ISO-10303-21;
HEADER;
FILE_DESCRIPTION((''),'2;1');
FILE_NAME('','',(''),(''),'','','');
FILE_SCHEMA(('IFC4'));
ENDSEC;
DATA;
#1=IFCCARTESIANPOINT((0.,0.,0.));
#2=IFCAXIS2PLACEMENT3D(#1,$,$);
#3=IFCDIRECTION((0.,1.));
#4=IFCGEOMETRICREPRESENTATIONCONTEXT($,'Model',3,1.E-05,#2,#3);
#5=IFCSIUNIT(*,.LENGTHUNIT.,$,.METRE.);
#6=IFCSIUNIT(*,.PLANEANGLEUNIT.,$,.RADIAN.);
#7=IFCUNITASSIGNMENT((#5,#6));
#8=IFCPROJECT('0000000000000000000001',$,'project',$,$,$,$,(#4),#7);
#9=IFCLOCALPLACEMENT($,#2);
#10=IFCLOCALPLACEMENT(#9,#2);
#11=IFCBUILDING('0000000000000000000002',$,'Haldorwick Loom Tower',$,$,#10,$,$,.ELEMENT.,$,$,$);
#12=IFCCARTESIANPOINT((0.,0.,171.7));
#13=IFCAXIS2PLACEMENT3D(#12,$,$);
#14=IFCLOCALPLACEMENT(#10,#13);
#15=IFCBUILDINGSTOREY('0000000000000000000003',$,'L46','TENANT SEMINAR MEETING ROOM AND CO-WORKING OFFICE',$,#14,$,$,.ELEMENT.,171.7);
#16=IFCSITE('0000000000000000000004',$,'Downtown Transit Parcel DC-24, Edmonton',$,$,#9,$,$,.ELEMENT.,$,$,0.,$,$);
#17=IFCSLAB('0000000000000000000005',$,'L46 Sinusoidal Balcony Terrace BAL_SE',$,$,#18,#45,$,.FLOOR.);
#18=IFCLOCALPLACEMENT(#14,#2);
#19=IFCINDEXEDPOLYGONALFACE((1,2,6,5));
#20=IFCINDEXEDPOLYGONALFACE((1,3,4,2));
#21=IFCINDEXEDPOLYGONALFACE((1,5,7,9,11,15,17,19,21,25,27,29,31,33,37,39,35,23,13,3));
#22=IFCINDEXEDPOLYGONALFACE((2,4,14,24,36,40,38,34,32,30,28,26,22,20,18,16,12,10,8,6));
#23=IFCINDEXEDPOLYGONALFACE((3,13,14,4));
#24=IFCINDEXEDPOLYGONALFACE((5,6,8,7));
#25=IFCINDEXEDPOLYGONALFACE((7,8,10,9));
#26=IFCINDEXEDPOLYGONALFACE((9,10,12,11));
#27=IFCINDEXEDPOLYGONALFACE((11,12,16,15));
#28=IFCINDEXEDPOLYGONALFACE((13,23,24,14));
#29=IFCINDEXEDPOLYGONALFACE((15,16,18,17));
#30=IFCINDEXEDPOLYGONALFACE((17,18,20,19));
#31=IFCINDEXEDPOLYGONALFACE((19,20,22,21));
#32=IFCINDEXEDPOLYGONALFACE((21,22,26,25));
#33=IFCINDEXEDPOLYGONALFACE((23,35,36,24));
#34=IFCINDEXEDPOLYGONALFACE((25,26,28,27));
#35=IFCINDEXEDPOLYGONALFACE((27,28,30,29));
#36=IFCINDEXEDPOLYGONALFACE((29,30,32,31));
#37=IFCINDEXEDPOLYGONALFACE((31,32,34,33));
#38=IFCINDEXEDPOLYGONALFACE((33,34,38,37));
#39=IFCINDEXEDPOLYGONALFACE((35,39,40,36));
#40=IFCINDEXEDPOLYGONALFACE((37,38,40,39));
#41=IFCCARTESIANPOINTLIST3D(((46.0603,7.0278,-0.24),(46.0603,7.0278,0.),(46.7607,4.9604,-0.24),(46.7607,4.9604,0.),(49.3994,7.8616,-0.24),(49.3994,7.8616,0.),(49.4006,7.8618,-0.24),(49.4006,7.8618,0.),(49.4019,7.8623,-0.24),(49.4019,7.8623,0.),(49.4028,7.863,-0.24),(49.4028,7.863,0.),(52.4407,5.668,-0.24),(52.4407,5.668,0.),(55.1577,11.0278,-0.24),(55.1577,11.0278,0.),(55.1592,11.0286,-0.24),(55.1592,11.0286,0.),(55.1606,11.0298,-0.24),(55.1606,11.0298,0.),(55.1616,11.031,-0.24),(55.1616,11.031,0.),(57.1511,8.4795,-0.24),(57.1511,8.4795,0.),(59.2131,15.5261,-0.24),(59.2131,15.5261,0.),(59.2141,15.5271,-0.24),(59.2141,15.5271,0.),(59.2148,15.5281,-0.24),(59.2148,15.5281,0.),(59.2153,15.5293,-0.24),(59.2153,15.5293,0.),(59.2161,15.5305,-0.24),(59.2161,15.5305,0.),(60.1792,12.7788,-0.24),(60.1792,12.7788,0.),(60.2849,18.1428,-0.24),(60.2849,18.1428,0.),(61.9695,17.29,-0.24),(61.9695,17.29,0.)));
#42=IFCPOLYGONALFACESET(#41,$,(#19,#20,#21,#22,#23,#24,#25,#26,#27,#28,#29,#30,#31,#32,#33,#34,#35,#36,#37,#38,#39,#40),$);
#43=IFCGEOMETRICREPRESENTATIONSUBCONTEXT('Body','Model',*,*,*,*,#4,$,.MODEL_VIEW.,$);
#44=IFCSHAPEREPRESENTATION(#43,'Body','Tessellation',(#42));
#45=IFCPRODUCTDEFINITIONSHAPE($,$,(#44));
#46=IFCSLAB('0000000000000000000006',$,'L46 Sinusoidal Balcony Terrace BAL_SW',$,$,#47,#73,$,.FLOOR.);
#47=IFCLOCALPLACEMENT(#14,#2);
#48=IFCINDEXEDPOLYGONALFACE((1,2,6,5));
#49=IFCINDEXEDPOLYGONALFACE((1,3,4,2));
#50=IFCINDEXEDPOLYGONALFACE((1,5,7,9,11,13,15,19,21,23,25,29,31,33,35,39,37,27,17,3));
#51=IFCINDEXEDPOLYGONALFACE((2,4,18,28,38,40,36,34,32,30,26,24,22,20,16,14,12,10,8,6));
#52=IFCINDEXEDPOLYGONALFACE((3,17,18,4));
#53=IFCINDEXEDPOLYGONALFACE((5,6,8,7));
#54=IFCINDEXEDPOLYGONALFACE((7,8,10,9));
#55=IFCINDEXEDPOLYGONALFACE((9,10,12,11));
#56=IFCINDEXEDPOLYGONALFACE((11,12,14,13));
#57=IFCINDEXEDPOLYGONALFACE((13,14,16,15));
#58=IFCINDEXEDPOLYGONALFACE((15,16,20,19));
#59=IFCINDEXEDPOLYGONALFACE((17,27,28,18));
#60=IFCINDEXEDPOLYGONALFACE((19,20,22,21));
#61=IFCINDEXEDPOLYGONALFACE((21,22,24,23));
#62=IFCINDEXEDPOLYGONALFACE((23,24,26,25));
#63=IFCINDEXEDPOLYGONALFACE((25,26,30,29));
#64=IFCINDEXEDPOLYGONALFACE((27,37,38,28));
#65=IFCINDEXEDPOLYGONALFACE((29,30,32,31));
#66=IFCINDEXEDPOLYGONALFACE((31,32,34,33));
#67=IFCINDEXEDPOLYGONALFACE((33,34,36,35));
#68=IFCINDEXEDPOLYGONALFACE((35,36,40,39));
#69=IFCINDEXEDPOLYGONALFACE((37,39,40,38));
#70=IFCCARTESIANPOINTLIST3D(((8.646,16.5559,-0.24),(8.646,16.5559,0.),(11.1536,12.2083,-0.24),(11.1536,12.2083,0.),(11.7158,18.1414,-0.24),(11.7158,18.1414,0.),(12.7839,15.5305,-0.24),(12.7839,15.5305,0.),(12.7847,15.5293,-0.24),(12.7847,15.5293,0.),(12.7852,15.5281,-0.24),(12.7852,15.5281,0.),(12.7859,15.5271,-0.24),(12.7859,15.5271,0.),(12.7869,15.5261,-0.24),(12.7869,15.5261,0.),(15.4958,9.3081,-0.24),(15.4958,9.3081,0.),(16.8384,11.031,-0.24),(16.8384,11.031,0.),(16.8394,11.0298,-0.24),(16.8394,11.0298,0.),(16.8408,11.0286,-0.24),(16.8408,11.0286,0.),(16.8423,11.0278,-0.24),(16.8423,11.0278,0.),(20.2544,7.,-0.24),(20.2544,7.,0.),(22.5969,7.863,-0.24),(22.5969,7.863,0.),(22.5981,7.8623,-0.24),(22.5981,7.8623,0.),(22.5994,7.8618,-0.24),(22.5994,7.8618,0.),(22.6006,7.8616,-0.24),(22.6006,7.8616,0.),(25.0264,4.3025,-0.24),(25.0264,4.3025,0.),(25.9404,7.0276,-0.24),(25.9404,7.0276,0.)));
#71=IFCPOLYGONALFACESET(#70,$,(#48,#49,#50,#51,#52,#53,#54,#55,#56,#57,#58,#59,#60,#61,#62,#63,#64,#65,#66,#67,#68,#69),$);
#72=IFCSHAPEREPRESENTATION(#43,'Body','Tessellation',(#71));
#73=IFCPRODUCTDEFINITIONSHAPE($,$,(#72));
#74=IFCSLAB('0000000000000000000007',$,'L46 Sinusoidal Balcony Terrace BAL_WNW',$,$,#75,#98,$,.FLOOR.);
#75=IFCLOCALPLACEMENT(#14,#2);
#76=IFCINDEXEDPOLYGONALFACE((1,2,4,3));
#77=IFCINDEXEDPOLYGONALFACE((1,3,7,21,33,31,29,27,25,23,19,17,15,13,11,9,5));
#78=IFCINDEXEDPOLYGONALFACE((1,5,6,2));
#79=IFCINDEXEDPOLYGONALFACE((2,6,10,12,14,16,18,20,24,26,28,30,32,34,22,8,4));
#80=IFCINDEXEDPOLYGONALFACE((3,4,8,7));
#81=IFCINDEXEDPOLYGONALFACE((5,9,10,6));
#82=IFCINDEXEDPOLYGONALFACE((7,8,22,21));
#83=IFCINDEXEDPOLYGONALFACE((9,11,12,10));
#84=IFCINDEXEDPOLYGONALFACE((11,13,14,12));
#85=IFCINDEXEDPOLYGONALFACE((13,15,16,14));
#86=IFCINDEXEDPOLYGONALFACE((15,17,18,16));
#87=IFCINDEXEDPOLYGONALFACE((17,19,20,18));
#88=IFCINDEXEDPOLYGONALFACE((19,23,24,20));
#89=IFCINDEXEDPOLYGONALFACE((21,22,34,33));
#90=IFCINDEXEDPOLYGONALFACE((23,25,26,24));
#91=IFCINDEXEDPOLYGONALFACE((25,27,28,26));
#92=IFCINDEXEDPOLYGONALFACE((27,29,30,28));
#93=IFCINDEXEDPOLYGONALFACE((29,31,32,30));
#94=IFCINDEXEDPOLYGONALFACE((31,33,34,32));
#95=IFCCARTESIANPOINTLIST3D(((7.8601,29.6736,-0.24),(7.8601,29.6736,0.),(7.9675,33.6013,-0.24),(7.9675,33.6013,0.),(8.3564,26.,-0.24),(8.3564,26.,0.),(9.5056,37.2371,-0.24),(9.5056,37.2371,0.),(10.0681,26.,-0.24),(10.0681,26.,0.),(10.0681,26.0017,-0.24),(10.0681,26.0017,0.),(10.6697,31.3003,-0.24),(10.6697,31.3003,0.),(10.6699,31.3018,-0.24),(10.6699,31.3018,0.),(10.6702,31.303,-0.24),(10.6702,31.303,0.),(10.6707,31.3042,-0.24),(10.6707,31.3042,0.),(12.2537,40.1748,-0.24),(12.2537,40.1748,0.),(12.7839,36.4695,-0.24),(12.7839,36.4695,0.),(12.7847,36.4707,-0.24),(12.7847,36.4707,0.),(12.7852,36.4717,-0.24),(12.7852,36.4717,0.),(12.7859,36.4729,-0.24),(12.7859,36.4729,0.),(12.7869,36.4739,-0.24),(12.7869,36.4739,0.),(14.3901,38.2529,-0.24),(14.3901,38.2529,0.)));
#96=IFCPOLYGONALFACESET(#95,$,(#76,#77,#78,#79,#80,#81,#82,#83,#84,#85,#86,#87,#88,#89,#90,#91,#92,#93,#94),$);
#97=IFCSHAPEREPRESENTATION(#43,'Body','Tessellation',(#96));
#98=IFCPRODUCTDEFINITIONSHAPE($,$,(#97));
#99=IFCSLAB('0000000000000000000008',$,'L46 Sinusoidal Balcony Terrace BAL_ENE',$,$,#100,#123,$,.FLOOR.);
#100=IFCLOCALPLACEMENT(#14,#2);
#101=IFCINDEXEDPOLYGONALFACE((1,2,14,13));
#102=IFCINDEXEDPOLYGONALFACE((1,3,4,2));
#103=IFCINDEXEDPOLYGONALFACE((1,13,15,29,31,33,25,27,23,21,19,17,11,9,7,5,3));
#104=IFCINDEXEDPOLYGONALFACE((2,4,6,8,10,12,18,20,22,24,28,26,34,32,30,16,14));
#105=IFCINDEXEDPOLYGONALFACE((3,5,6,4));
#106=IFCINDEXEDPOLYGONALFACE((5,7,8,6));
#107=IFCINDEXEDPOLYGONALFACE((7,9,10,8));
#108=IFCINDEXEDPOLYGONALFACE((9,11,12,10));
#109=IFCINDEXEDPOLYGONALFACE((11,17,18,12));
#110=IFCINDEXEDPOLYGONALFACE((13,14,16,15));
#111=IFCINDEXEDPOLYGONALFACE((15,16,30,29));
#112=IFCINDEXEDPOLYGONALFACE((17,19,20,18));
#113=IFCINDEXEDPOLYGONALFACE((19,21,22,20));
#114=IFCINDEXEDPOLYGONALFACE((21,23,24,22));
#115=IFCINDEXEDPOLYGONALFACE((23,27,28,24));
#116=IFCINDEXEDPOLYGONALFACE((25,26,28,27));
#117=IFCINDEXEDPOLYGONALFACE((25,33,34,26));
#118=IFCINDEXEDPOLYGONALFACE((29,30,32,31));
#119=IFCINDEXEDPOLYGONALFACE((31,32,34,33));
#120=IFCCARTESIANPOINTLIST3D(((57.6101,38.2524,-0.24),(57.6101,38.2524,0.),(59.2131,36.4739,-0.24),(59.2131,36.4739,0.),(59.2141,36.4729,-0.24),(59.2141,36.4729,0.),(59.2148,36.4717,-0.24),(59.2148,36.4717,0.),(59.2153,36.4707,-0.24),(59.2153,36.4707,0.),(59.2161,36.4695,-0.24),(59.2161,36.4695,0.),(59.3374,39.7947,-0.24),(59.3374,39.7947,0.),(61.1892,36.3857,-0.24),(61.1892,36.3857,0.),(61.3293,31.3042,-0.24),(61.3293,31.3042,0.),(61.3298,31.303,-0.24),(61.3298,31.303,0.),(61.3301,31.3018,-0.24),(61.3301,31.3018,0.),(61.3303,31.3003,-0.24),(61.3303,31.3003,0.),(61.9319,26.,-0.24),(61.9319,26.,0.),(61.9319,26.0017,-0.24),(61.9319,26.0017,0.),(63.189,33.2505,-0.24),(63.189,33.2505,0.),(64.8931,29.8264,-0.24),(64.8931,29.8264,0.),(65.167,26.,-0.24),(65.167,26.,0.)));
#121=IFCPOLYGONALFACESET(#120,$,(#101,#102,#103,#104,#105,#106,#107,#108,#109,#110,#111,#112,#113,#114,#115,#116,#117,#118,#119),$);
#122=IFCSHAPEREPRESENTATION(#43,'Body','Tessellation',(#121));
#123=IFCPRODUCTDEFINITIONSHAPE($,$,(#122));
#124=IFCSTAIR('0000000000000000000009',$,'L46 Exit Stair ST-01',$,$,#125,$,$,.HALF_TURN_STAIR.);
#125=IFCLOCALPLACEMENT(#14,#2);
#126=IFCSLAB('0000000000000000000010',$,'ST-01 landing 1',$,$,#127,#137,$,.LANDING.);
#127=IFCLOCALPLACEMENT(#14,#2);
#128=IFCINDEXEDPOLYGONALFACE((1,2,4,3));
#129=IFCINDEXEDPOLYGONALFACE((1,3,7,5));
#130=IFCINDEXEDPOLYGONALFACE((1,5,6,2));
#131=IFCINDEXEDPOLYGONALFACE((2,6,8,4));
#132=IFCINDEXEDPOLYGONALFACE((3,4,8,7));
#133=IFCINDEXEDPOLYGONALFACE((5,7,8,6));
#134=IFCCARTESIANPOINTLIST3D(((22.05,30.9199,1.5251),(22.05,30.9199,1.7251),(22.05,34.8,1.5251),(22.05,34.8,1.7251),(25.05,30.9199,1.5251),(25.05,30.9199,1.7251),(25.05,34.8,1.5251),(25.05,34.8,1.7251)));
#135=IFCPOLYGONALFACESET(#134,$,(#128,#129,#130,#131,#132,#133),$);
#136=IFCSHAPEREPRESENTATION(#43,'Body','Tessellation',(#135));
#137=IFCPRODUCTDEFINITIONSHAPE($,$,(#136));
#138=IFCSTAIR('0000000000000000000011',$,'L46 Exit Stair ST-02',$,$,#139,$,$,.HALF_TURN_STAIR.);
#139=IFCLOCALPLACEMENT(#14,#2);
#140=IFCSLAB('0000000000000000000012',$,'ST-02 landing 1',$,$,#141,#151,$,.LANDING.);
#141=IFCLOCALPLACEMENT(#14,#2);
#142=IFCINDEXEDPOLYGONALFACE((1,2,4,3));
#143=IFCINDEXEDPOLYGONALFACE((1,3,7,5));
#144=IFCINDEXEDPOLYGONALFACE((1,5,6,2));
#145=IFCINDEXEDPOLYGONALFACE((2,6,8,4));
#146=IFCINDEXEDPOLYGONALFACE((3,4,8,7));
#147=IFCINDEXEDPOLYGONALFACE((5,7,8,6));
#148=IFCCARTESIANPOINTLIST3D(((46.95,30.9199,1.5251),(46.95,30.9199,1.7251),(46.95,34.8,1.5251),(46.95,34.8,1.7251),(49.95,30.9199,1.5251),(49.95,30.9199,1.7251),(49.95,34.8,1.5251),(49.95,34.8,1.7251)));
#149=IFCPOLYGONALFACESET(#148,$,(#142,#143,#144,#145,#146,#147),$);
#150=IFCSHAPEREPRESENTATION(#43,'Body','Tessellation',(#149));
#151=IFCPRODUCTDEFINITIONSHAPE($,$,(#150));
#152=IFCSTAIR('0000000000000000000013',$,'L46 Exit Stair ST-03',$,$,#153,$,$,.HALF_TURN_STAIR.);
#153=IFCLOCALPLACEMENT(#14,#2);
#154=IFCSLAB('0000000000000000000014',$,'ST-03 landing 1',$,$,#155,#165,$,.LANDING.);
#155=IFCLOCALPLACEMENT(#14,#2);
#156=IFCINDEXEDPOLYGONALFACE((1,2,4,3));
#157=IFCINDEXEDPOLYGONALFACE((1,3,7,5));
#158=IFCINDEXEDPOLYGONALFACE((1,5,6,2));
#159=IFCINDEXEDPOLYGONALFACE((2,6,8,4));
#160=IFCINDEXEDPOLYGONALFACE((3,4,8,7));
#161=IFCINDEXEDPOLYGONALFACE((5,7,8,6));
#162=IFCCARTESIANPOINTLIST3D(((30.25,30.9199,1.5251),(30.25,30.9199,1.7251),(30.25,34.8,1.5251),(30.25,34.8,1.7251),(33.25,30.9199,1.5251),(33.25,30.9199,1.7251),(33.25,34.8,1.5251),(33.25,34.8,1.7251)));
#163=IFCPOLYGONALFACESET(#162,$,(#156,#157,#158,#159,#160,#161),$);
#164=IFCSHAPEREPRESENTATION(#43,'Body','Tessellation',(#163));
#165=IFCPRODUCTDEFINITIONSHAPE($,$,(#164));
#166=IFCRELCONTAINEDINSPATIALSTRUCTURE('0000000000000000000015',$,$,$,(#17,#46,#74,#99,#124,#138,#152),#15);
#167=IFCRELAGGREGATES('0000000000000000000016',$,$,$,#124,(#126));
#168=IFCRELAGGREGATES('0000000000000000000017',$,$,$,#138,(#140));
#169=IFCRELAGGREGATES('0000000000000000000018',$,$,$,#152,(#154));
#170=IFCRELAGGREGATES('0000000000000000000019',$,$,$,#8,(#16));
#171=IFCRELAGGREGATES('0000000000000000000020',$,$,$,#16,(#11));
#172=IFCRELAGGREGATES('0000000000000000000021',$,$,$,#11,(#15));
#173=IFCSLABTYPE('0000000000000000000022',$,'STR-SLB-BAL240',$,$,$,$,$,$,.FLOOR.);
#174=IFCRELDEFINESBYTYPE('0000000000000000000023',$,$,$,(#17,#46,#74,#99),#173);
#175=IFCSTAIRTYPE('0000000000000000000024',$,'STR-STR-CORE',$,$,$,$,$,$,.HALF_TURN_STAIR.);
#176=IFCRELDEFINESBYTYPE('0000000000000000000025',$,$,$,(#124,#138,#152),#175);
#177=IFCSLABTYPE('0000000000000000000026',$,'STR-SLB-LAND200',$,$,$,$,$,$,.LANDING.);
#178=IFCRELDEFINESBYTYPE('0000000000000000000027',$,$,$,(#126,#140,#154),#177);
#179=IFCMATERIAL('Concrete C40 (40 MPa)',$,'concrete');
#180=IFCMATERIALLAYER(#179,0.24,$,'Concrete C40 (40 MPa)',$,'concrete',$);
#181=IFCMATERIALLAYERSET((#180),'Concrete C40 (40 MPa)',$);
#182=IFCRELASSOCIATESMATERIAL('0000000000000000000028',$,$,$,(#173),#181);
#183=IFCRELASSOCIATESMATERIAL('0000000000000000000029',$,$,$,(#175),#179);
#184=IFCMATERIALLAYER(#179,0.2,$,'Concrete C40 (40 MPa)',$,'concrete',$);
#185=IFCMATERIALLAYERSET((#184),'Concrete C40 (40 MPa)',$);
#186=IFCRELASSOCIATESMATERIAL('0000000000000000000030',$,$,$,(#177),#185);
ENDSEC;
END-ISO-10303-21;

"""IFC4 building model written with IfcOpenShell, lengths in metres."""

from ifc_helpers import new_model, si_unit, direction, frame, origin, place, context, subcontext, project, spatial, polyline, outline, extrude, material, layer, layer_set, type_object, element, aggregate, save


model = new_model("IFC4")

# Units and contexts
model_context = context("Model", 3, precision=1e-05, world=origin(), true_north=direction((0.0, 1.0)))
body_context = subcontext(model_context, "Body", "Model", "MODEL_VIEW")
ifc_project = project(units=[si_unit("LENGTHUNIT", "METRE"), si_unit("PLANEANGLEUNIT", "RADIAN")], contexts=[model_context])

# Site, building, storey
site_placement = place(None, origin())
site = spatial("IfcSite", under=ifc_project, at=site_placement, Name="Downtown Transit Parcel DC-24, Edmonton", CompositionType="ELEMENT", RefElevation=0.0)
building_placement = place(site_placement, origin())
building = spatial("IfcBuilding", under=site, at=building_placement, Name="Haldorwick Loom Tower", CompositionType="ELEMENT")
storey_placement = place(building_placement, frame((0.0, 0.0, 171.7)))
storey = spatial("IfcBuildingStorey", under=building, at=storey_placement, Name="L46", Description="TENANT SEMINAR MEETING ROOM AND CO-WORKING OFFICE", CompositionType="ELEMENT", Elevation=171.7)

# Slabs
ifc_material_1 = material(Name="Concrete C40 (40 MPa)", Category="concrete")
ifc_layer_1 = layer(ifc_material_1, 0.24, Name="Concrete C40 (40 MPa)", Category="concrete")
ifc_layer_set_1 = layer_set([ifc_layer_1], Name="Concrete C40 (40 MPa)")
slab_type_1 = type_object("IfcSlabType", Name="STR-SLB-BAL240", PredefinedType="FLOOR", material=ifc_layer_set_1)
slab_1_placement = place(storey_placement, frame((0.0, 0.0, -0.24)))
element("IfcSlab", 1, at=slab_1_placement, inside=storey, type_object=slab_type_1, Name="L46 Sinusoidal Balcony Terrace BAL_SE", PredefinedType="FLOOR", context=body_context, shape_type="SweptSolid", body=[
    extrude(outline(polyline([(60.2849, 18.1428), (59.2161, 15.5305), (59.2153, 15.5293), (59.2148, 15.5281), (59.2141, 15.5271), (59.2131, 15.5261), (55.1616, 11.031), (55.1606, 11.0298), (55.1592, 11.0286), (55.1577, 11.0278), (49.4028, 7.863), (49.4019, 7.8623), (49.4006, 7.8618), (49.3994, 7.8616), (46.0603, 7.0278), (46.7607, 4.9604), (52.4407, 5.668), (57.1511, 8.4795), (60.1792, 12.7788), (61.9695, 17.29), (60.2849, 18.1428)])), origin(), (0.0, 0.0, 1.0), 0.24),
])
slab_2_placement = place(storey_placement, frame((0.0, 0.0, -0.24)))
element("IfcSlab", 2, at=slab_2_placement, inside=storey, type_object=slab_type_1, Name="L46 Sinusoidal Balcony Terrace BAL_SW", PredefinedType="FLOOR", context=body_context, shape_type="SweptSolid", body=[
    extrude(outline(polyline([(25.9404, 7.0276), (22.6006, 7.8616), (22.5994, 7.8618), (22.5981, 7.8623), (22.5969, 7.863), (16.8423, 11.0278), (16.8408, 11.0286), (16.8394, 11.0298), (16.8384, 11.031), (12.7869, 15.5261), (12.7859, 15.5271), (12.7852, 15.5281), (12.7847, 15.5293), (12.7839, 15.5305), (11.7158, 18.1414), (8.646, 16.5559), (11.1536, 12.2083), (15.4958, 9.3081), (20.2544, 7.0), (25.0264, 4.3025), (25.9404, 7.0276)])), origin(), (0.0, 0.0, 1.0), 0.24),
])
slab_3_placement = place(storey_placement, frame((0.0, 0.0, -0.24)))
element("IfcSlab", 3, at=slab_3_placement, inside=storey, type_object=slab_type_1, Name="L46 Sinusoidal Balcony Terrace BAL_WNW", PredefinedType="FLOOR", context=body_context, shape_type="SweptSolid", body=[
    extrude(outline(polyline([(10.0681, 26.0), (10.0681, 26.0017), (10.6697, 31.3003), (10.6699, 31.3018), (10.6702, 31.303), (10.6707, 31.3042), (12.7839, 36.4695), (12.7847, 36.4707), (12.7852, 36.4717), (12.7859, 36.4729), (12.7869, 36.4739), (14.3901, 38.2529), (12.2537, 40.1748), (9.5056, 37.2371), (7.9675, 33.6013), (7.8601, 29.6736), (8.3564, 26.0), (10.0681, 26.0)])), origin(), (0.0, 0.0, 1.0), 0.24),
])
slab_4_placement = place(storey_placement, frame((0.0, 0.0, -0.24)))
element("IfcSlab", 4, at=slab_4_placement, inside=storey, type_object=slab_type_1, Name="L46 Sinusoidal Balcony Terrace BAL_ENE", PredefinedType="FLOOR", context=body_context, shape_type="SweptSolid", body=[
    extrude(outline(polyline([(57.6101, 38.2524), (59.2131, 36.4739), (59.2141, 36.4729), (59.2148, 36.4717), (59.2153, 36.4707), (59.2161, 36.4695), (61.3293, 31.3042), (61.3298, 31.303), (61.3301, 31.3018), (61.3303, 31.3003), (61.9319, 26.0017), (61.9319, 26.0), (65.167, 26.0), (64.8931, 29.8264), (63.189, 33.2505), (61.1892, 36.3857), (59.3374, 39.7947), (57.6101, 38.2524)])), origin(), (0.0, 0.0, 1.0), 0.24),
])

# Stairs, slabs
stair_type = type_object("IfcStairType", Name="STR-STR-CORE", PredefinedType="HALF_TURN_STAIR", material=ifc_material_1)
stair_1_placement = place(storey_placement, origin())
stair_1 = element("IfcStair", 5, at=stair_1_placement, inside=storey, type_object=stair_type, Name="L46 Exit Stair ST-01", PredefinedType="HALF_TURN_STAIR")
ifc_layer_2 = layer(ifc_material_1, 0.2, Name="Concrete C40 (40 MPa)", Category="concrete")
ifc_layer_set_2 = layer_set([ifc_layer_2], Name="Concrete C40 (40 MPa)")
slab_type_2 = type_object("IfcSlabType", Name="STR-SLB-LAND200", PredefinedType="LANDING", material=ifc_layer_set_2)
slab_5_placement = place(storey_placement, frame((0.0, 0.0, 1.5251)))
slab_5 = element("IfcSlab", 6, at=slab_5_placement, type_object=slab_type_2, Name="ST-01 landing 1", PredefinedType="LANDING", context=body_context, shape_type="SweptSolid", body=[
    extrude(outline(polyline([(25.05, 30.9199), (25.05, 34.8), (22.05, 34.8), (22.05, 30.9199), (25.05, 30.9199)])), origin(), (0.0, 0.0, 1.0), 0.2),
])
aggregate(stair_1, [slab_5])
stair_2_placement = place(storey_placement, origin())
stair_2 = element("IfcStair", 7, at=stair_2_placement, inside=storey, type_object=stair_type, Name="L46 Exit Stair ST-02", PredefinedType="HALF_TURN_STAIR")
slab_6_placement = place(storey_placement, frame((0.0, 0.0, 1.5251)))
slab_6 = element("IfcSlab", 8, at=slab_6_placement, type_object=slab_type_2, Name="ST-02 landing 1", PredefinedType="LANDING", context=body_context, shape_type="SweptSolid", body=[
    extrude(outline(polyline([(49.95, 30.9199), (49.95, 34.8), (46.95, 34.8), (46.95, 30.9199), (49.95, 30.9199)])), origin(), (0.0, 0.0, 1.0), 0.2),
])
aggregate(stair_2, [slab_6])
stair_3_placement = place(storey_placement, origin())
stair_3 = element("IfcStair", 9, at=stair_3_placement, inside=storey, type_object=stair_type, Name="L46 Exit Stair ST-03", PredefinedType="HALF_TURN_STAIR")
slab_7_placement = place(storey_placement, frame((0.0, 0.0, 1.5251)))
slab_7 = element("IfcSlab", 10, at=slab_7_placement, type_object=slab_type_2, Name="ST-03 landing 1", PredefinedType="LANDING", context=body_context, shape_type="SweptSolid", body=[
    extrude(outline(polyline([(33.25, 30.9199), (33.25, 34.8), (30.25, 34.8), (30.25, 30.9199), (33.25, 30.9199)])), origin(), (0.0, 0.0, 1.0), 0.2),
])
aggregate(stair_3, [slab_7])

save(model, "model.ifc")
